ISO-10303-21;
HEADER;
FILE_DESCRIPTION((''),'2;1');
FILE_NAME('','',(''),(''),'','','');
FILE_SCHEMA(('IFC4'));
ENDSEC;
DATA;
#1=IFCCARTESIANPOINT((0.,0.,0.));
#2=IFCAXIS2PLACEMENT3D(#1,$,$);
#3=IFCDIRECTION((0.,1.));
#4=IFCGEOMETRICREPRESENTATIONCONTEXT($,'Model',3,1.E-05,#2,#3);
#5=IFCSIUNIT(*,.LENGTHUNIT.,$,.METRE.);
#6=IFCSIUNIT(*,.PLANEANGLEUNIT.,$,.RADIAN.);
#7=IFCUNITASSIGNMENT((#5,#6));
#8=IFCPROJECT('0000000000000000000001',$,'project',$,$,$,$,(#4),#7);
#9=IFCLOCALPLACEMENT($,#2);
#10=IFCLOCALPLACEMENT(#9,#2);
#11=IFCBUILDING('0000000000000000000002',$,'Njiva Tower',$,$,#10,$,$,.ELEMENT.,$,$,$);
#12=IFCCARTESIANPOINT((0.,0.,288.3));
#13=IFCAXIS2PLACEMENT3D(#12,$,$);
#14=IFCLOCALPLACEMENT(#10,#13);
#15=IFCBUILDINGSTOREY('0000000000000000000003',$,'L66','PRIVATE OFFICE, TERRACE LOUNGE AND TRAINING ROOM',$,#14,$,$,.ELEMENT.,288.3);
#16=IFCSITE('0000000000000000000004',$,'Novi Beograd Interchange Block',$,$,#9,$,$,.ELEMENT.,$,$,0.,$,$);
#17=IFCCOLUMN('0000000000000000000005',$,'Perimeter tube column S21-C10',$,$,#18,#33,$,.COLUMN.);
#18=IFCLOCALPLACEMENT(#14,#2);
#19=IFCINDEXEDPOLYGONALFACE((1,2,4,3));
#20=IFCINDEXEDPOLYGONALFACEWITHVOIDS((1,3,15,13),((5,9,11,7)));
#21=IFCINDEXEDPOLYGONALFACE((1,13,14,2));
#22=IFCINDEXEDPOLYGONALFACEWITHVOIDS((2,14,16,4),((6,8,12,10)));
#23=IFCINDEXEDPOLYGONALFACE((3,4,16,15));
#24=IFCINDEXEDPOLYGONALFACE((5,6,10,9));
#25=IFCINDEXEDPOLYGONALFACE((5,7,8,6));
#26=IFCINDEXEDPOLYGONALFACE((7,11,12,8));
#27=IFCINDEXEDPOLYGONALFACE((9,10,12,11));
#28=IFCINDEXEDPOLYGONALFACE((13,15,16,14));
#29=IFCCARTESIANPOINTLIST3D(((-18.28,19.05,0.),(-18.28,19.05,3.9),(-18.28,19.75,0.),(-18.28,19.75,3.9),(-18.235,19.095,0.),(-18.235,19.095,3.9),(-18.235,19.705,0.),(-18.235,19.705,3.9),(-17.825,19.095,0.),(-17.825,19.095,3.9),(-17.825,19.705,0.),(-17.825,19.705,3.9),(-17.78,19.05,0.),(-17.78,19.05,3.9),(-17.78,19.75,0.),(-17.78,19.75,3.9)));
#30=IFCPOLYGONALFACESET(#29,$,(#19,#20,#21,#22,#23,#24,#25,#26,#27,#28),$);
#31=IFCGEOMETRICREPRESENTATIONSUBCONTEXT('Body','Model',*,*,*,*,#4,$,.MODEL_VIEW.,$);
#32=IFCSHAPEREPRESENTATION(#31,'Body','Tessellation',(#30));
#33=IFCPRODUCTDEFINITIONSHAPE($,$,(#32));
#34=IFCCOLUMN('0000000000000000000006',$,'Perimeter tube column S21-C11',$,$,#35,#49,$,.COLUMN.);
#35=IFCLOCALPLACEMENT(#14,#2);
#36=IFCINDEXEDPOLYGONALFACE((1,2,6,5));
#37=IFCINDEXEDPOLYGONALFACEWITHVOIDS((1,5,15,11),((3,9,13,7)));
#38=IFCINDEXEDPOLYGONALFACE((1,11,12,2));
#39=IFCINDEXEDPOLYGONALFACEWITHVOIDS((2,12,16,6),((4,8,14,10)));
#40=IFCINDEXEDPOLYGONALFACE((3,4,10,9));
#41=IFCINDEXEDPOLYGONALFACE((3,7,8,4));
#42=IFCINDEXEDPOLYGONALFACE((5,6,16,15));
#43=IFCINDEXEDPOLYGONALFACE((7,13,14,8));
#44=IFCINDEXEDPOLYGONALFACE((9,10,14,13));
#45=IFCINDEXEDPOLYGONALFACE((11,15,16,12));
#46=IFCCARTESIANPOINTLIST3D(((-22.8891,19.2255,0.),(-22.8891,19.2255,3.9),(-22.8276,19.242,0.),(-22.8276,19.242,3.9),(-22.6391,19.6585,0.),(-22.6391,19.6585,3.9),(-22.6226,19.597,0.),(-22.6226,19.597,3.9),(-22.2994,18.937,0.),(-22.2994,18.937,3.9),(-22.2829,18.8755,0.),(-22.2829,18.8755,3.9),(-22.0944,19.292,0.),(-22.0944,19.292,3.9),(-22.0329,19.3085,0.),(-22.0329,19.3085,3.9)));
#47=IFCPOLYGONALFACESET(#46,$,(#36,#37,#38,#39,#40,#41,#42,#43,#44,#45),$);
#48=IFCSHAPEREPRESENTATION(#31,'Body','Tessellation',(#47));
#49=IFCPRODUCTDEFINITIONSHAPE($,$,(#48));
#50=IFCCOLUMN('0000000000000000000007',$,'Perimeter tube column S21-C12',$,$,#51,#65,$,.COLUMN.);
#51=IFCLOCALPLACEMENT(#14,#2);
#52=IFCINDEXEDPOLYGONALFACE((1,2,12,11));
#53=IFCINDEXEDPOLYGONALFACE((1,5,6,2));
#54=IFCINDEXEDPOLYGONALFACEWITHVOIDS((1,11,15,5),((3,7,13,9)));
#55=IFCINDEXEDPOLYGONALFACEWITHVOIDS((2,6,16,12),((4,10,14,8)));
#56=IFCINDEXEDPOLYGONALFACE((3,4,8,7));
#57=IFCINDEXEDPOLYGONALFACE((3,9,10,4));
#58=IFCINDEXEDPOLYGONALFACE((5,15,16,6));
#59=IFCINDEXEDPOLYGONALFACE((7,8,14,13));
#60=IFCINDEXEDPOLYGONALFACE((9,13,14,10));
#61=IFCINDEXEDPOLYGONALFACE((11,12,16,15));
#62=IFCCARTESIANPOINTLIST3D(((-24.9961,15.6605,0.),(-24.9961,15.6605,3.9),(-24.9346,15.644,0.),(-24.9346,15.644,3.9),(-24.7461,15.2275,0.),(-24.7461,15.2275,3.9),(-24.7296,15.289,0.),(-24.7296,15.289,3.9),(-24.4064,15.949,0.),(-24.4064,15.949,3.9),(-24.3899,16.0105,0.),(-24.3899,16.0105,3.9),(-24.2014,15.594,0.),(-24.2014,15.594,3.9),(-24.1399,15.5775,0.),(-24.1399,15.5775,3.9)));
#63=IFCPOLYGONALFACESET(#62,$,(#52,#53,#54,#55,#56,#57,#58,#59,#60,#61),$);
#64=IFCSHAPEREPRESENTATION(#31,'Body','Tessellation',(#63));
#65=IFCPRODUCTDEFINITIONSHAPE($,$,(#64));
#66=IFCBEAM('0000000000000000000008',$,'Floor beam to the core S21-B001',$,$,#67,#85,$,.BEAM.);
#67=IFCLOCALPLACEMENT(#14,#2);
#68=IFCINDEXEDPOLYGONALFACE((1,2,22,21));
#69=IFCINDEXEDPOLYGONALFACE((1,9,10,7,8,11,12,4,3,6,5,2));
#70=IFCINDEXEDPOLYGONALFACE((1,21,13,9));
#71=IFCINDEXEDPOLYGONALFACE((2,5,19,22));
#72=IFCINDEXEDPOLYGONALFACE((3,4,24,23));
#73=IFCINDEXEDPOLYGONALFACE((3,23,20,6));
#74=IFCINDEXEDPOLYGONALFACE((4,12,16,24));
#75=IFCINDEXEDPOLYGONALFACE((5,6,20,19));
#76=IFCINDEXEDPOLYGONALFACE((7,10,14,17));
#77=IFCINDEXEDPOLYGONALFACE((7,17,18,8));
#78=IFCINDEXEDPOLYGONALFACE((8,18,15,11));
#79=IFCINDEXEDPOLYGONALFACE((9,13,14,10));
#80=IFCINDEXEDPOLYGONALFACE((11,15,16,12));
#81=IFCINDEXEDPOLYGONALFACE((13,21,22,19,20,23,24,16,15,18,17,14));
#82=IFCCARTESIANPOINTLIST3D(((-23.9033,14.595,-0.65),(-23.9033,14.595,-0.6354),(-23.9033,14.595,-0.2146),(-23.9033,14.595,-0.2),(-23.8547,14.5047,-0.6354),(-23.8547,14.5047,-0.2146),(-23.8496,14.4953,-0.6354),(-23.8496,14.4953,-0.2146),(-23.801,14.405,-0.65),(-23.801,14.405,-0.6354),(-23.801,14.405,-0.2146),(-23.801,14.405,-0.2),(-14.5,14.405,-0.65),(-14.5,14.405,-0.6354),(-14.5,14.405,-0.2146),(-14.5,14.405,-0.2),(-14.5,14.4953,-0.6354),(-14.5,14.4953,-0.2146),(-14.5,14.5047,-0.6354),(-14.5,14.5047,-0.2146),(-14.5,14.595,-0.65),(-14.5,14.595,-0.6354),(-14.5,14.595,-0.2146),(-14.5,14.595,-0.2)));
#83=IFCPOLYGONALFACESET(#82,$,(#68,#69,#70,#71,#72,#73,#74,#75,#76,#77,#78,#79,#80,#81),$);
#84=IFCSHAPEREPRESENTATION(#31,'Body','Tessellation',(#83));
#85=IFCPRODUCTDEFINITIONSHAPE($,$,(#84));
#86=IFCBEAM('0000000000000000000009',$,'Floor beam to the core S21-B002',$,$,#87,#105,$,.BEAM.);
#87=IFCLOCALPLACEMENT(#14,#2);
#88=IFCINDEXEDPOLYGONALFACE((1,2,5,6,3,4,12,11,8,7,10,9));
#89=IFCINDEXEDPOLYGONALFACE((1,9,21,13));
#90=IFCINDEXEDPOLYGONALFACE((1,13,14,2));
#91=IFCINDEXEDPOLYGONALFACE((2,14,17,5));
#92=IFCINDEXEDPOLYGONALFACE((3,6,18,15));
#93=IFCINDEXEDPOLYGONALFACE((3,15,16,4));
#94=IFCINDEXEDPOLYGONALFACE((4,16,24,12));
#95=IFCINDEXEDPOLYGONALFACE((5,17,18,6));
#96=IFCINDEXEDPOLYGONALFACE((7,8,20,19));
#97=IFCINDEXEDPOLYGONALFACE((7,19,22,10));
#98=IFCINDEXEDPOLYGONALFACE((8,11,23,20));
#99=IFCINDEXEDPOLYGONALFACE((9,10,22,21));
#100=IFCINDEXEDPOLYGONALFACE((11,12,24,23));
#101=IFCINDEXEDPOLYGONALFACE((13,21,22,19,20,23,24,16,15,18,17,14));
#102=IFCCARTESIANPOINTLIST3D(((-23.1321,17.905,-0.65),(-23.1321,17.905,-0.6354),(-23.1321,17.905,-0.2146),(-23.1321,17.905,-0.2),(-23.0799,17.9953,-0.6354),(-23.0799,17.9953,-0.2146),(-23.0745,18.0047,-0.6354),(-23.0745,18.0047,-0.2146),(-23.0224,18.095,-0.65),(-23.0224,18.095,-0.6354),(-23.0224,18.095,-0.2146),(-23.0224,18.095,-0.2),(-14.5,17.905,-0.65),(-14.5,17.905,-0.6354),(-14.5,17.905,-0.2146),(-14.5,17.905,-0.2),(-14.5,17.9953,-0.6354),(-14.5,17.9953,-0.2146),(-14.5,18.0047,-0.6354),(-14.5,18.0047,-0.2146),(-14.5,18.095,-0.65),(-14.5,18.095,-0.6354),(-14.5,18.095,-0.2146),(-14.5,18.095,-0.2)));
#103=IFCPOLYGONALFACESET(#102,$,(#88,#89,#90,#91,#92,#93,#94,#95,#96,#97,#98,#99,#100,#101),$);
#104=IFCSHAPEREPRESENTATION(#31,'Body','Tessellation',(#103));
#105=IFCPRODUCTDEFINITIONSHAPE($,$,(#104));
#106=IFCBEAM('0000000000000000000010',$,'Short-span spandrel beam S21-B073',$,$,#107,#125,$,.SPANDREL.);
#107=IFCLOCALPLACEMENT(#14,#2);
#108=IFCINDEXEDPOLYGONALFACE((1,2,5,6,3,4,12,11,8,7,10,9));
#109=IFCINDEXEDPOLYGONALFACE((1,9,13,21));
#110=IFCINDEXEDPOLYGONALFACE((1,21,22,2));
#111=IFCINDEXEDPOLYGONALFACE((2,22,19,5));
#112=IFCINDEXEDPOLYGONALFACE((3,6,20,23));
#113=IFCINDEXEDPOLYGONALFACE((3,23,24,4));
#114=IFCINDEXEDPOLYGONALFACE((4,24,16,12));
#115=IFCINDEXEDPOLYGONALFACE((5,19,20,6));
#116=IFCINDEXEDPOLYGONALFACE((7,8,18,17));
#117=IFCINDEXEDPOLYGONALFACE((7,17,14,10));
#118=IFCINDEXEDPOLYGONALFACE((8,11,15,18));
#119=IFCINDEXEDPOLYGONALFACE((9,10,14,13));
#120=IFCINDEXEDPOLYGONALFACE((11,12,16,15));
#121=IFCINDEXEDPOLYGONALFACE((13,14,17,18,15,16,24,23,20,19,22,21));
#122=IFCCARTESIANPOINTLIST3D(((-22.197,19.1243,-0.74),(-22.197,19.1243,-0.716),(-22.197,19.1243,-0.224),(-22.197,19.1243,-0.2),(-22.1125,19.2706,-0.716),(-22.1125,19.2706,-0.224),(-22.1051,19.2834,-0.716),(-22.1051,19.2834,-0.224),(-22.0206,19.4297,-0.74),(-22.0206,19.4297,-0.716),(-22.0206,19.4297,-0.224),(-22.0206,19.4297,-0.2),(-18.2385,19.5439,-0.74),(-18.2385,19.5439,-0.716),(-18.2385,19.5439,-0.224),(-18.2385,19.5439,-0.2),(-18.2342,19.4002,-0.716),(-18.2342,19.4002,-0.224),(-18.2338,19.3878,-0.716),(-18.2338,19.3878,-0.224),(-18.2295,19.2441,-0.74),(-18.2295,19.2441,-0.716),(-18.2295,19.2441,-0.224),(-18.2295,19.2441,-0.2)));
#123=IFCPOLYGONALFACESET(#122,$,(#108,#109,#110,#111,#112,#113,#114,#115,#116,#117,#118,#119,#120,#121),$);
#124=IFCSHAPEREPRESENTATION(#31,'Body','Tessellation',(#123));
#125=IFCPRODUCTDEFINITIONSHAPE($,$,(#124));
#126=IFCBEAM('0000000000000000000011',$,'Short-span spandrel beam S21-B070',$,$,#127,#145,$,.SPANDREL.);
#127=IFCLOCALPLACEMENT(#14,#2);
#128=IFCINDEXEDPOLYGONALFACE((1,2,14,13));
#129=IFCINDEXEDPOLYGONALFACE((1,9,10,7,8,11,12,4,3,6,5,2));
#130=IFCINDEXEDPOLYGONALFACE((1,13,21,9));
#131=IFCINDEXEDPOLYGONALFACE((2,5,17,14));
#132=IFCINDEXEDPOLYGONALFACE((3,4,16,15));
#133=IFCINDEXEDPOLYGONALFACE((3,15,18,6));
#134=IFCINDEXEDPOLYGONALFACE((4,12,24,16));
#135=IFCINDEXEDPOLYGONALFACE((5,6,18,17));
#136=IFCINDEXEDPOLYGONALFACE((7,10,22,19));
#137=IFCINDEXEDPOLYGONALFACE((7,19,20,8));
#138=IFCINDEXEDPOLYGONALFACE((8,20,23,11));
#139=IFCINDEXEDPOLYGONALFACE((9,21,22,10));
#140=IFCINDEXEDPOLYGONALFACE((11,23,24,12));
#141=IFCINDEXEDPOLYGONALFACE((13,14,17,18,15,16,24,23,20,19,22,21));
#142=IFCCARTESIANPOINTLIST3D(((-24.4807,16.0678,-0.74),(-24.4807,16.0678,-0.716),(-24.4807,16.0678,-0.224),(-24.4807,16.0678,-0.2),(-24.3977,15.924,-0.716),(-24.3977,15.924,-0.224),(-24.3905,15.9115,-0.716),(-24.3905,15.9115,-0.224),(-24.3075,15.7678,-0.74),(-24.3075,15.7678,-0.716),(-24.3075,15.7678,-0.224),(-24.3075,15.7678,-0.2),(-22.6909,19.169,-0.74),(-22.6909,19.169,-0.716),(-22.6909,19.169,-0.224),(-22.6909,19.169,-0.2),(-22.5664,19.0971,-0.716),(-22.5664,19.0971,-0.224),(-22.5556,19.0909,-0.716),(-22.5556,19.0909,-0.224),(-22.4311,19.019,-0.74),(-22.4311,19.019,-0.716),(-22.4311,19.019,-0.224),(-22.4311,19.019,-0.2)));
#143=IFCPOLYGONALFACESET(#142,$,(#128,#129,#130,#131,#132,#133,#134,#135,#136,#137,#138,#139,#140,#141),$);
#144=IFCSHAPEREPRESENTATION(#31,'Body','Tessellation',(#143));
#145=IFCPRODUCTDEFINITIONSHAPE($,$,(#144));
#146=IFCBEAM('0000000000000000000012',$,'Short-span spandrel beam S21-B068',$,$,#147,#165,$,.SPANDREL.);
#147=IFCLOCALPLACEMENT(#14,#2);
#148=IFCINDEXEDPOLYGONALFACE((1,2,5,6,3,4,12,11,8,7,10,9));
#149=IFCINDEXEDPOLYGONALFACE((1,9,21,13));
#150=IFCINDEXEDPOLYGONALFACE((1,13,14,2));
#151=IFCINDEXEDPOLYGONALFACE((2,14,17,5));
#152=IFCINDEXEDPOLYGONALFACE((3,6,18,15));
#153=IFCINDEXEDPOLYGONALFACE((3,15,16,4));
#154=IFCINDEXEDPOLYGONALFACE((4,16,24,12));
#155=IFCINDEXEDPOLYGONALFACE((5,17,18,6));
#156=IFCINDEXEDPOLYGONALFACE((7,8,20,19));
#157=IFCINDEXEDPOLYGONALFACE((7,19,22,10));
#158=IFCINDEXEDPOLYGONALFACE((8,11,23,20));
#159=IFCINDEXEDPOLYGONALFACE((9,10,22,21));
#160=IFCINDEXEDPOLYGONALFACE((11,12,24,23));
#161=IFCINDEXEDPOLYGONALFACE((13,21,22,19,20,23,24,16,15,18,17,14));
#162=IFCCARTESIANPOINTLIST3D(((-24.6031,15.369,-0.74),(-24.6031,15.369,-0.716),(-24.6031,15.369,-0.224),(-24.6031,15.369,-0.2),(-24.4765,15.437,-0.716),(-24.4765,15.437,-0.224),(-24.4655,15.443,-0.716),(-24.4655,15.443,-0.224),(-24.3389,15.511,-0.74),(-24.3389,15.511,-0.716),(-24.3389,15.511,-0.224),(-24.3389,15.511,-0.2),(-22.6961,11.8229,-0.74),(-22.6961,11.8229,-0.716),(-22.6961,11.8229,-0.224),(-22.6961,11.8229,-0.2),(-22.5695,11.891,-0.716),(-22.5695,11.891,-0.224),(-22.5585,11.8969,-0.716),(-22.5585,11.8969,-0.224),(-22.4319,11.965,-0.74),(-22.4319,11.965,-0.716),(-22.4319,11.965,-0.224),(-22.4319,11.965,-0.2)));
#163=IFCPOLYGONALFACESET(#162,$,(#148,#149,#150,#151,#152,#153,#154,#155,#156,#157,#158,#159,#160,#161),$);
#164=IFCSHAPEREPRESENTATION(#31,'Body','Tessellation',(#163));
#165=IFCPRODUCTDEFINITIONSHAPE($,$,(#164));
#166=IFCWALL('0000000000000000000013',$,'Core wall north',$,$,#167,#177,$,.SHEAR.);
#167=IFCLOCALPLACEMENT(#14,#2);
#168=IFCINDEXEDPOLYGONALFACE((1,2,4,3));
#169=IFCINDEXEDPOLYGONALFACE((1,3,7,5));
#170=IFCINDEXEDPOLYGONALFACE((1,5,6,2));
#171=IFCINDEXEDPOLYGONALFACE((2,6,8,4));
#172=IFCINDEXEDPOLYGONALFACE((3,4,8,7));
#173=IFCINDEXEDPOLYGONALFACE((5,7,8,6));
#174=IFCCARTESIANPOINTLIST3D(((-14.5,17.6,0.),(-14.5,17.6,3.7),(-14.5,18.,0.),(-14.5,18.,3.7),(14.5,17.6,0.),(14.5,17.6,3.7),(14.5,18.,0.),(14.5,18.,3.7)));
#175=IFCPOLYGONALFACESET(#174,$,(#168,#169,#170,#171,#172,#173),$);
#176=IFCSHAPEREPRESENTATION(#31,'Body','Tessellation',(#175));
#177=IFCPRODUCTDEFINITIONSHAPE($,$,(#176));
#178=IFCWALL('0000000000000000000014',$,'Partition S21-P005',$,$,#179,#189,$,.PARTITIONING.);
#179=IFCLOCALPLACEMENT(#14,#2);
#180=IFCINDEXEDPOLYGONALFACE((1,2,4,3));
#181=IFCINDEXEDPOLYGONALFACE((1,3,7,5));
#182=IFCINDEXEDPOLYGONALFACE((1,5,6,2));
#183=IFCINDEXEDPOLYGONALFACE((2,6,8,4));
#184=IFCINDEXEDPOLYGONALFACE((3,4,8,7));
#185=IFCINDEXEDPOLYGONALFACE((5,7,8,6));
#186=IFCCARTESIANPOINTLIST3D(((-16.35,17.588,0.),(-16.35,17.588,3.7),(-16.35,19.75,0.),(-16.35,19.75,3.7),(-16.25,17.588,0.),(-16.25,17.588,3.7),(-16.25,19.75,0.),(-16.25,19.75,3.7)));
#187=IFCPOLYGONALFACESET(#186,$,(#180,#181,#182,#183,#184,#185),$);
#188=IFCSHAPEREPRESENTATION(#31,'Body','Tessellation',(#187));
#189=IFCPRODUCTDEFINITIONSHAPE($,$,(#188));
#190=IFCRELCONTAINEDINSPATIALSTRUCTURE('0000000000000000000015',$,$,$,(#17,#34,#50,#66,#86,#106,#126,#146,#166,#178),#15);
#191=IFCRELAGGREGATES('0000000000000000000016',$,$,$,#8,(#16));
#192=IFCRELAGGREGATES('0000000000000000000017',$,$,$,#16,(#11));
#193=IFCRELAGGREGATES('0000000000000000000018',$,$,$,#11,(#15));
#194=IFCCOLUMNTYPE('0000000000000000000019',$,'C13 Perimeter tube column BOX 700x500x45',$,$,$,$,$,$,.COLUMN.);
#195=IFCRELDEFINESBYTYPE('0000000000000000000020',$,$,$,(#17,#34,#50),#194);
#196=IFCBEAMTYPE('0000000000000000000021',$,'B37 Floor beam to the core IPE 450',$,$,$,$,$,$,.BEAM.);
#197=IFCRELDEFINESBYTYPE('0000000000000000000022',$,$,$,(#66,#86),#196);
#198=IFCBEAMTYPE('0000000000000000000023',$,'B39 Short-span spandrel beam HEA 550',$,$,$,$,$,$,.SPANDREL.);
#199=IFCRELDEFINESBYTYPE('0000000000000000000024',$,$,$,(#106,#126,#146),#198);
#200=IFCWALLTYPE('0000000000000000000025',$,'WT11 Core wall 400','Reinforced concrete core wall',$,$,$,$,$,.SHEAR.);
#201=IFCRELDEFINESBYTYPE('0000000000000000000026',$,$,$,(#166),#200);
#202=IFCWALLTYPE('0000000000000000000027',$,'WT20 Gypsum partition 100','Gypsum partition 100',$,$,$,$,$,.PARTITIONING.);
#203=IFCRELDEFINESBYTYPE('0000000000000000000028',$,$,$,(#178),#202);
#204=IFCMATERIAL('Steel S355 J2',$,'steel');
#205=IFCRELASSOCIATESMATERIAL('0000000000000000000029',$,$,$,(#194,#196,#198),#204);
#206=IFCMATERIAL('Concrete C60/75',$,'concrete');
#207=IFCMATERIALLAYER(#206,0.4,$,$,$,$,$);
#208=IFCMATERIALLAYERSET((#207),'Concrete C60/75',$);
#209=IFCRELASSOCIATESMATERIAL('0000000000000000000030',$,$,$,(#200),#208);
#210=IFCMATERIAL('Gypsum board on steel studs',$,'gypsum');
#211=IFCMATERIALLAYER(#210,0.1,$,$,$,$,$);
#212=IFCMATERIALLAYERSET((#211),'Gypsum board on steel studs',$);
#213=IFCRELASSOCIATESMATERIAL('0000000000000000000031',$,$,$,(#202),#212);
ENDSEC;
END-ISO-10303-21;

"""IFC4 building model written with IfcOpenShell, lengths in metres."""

from ifc_helpers import new_model, si_unit, direction, frame, frame_2d, origin, origin_2d, place, context, subcontext, project, spatial, rectangle, hollow_rectangle, i_section, extrude, clip, halfspace, material, layer, layer_set, material_profile, profile_set, type_object, element, save


model = new_model("IFC4")

# Units and contexts
model_context = context("Model", 3, precision=1e-05, world=origin(), true_north=direction((0.0, 1.0)))
body_context = subcontext(model_context, "Body", "Model", "MODEL_VIEW")
ifc_project = project(units=[si_unit("LENGTHUNIT", "METRE"), si_unit("PLANEANGLEUNIT", "RADIAN")], contexts=[model_context])

# Site, building, storey
site_placement = place(None, origin())
site = spatial("IfcSite", under=ifc_project, at=site_placement, Name="Novi Beograd Interchange Block", CompositionType="ELEMENT", RefElevation=0.0)
building_placement = place(site_placement, origin())
building = spatial("IfcBuilding", under=site, at=building_placement, Name="Njiva Tower", CompositionType="ELEMENT")
storey_placement = place(building_placement, frame((0.0, 0.0, 288.3)))
storey = spatial("IfcBuildingStorey", under=building, at=storey_placement, Name="L66", Description="PRIVATE OFFICE, TERRACE LOUNGE AND TRAINING ROOM", CompositionType="ELEMENT", Elevation=288.3)

# Columns
ifc_material_1 = material(Name="Steel S355 J2", Category="steel")
ifc_material_profile_1 = material_profile(ifc_material_1, hollow_rectangle(XDim=0.5, YDim=0.7, WallThickness=0.045, at=origin_2d()), Name="BOX 700x500x45")
ifc_profile_set_1 = profile_set([ifc_material_profile_1], Name="Steel S355 J2")
column_type = type_object("IfcColumnType", Name="C13 Perimeter tube column BOX 700x500x45", PredefinedType="COLUMN", material=ifc_profile_set_1)
for number, where, z_axis, x_axis, name in (
    (1, (-18.03, 19.4, 0.0), (0.0, 0.0, 1.0), (-1.0, 0.0, 0.0), "Perimeter tube column S21-C10"),
    (2, (-22.461, 19.267, 0.0), (0.0, 0.0, 1.0), (-0.5, -0.866025, 0.0), "Perimeter tube column S21-C11"),
    (3, (-24.568, 15.619, 0.0), (0.0, 0.0, 1.0), (0.5, -0.866025, 0.0), "Perimeter tube column S21-C12"),
):
    element("IfcColumn", number, at=place(storey_placement, frame(where, z_axis=z_axis, x_axis=x_axis)), inside=storey, type_object=column_type, Name=name, PredefinedType="COLUMN", context=body_context, shape_type="SweptSolid", body=[
        extrude(hollow_rectangle(XDim=0.5, YDim=0.7, WallThickness=0.045, at=origin_2d()), origin(), (0.0, 0.0, 1.0), 3.9),
    ])

# Beams
ifc_material_profile_2 = material_profile(ifc_material_1, i_section(OverallWidth=0.19, OverallDepth=0.45, WebThickness=0.0094, FlangeThickness=0.0146, at=origin_2d()), Name="IPE 450")
ifc_profile_set_2 = profile_set([ifc_material_profile_2], Name="Steel S355 J2")
beam_type_1 = type_object("IfcBeamType", Name="B37 Floor beam to the core IPE 450", PredefinedType="BEAM", material=ifc_profile_set_2)
beam_1_placement = place(storey_placement, frame((-23.923, 14.5, -0.425), z_axis=(1.0, 0.0, 0.0), x_axis=(0.0, 1.0, 0.0)))
element("IfcBeam", 4, at=beam_1_placement, inside=storey, type_object=beam_type_1, Name="Floor beam to the core S21-B001", PredefinedType="BEAM", context=body_context, shape_type="Clipping", body=[
    clip(extrude(i_section(OverallWidth=0.19, OverallDepth=0.45, WebThickness=0.0094, FlangeThickness=0.0146, at=origin_2d()), origin(), (0.0, 0.0, 1.0), 9.423), halfspace(frame((-0.0237, 0.0, 0.0836), z_axis=(-0.473769, 0.0, -0.880649), x_axis=(0.0, -1.0, 0.0)), False)),
])
beam_2_placement = place(storey_placement, frame((-23.152, 18.0, -0.425), z_axis=(1.0, 0.0, 0.0), x_axis=(0.0, 1.0, 0.0)))
element("IfcBeam", 5, at=beam_2_placement, inside=storey, type_object=beam_type_1, Name="Floor beam to the core S21-B002", PredefinedType="BEAM", context=body_context, shape_type="Clipping", body=[
    clip(extrude(i_section(OverallWidth=0.19, OverallDepth=0.45, WebThickness=0.0094, FlangeThickness=0.0146, at=origin_2d()), origin(), (0.0, 0.0, 1.0), 8.652), halfspace(frame((0.025, 0.0, 0.0892), z_axis=(0.499998, 0.0, -0.866027), x_axis=(0.0, -1.0, 0.0)), False)),
])
ifc_material_profile_3 = material_profile(ifc_material_1, i_section(OverallWidth=0.3, OverallDepth=0.54, WebThickness=0.0125, FlangeThickness=0.024, at=origin_2d()), Name="HEA 550")
ifc_profile_set_3 = profile_set([ifc_material_profile_3], Name="Steel S355 J2")
beam_type_2 = type_object("IfcBeamType", Name="B39 Short-span spandrel beam HEA 550", PredefinedType="SPANDREL", material=ifc_profile_set_3)
beam_3_placement = place(storey_placement, frame((-18.234, 19.394, -0.47), z_axis=(-0.999544, -0.03018, 0.0), x_axis=(0.03018, -0.999544, 0.0)))
element("IfcBeam", 6, at=beam_3_placement, inside=storey, type_object=beam_type_2, Name="Short-span spandrel beam S21-B073", PredefinedType="SPANDREL", context=body_context, shape_type="Clipping", body=[
    clip(extrude(i_section(OverallWidth=0.3, OverallDepth=0.54, WebThickness=0.0125, FlangeThickness=0.024, at=origin_2d()), origin(), (0.0, 0.0, 1.0), 3.9898), halfspace(frame((-0.0268, 0.0, 3.86), z_axis=(-0.525907, 0.0, 0.850542), x_axis=(0.0, 1.0, 0.0)), False)),
])
beam_4_placement = place(storey_placement, frame((-22.561, 19.094, -0.47), z_axis=(-0.499864, -0.866104, 0.0), x_axis=(0.866104, -0.499864, 0.0)))
element("IfcBeam", 7, at=beam_4_placement, inside=storey, type_object=beam_type_2, Name="Short-span spandrel beam S21-B070", PredefinedType="SPANDREL", context=body_context, shape_type="Clipping", body=[
    clip(extrude(i_section(OverallWidth=0.3, OverallDepth=0.54, WebThickness=0.0125, FlangeThickness=0.024, at=origin_2d()), origin(), (0.0, 0.0, 1.0), 3.774), halfspace(frame((-0.0257, 0.0, 3.6524), z_axis=(-0.500138, 0.0, 0.865946), x_axis=(0.0, 1.0, 0.0)), False)),
])
beam_5_placement = place(storey_placement, frame((-24.471, 15.44, -0.47), z_axis=(0.473641, -0.880718, 0.0), x_axis=(0.880718, 0.473641, 0.0)))
element("IfcBeam", 8, at=beam_5_placement, inside=storey, type_object=beam_type_2, Name="Short-span spandrel beam S21-B068", PredefinedType="SPANDREL", context=body_context, shape_type="SweptSolid", body=[
    extrude(i_section(OverallWidth=0.3, OverallDepth=0.54, WebThickness=0.0125, FlangeThickness=0.024, at=origin_2d()), origin(), (0.0, 0.0, 1.0), 4.0263),
])

# Walls
ifc_material_2 = material(Name="Concrete C60/75", Category="concrete")
ifc_layer_1 = layer(ifc_material_2, 0.4)
ifc_layer_set_1 = layer_set([ifc_layer_1], Name="Concrete C60/75")
wall_type_1 = type_object("IfcWallType", Name="WT11 Core wall 400", Description="Reinforced concrete core wall", PredefinedType="SHEAR", material=ifc_layer_set_1)
wall_1_placement = place(storey_placement, frame((-14.5, 17.8, 0.0), z_axis=(0.0, 0.0, 1.0), x_axis=(1.0, 0.0, 0.0)))
element("IfcWall", 9, at=wall_1_placement, inside=storey, type_object=wall_type_1, Name="Core wall north", PredefinedType="SHEAR", context=body_context, shape_type="SweptSolid", body=[
    extrude(rectangle(XDim=29.0, YDim=0.4, at=frame_2d((14.5, 0.0))), origin(), (0.0, 0.0, 1.0), 3.7),
])
ifc_material_3 = material(Name="Gypsum board on steel studs", Category="gypsum")
ifc_layer_2 = layer(ifc_material_3, 0.1)
ifc_layer_set_2 = layer_set([ifc_layer_2], Name="Gypsum board on steel studs")
wall_type_2 = type_object("IfcWallType", Name="WT20 Gypsum partition 100", Description="Gypsum partition 100", PredefinedType="PARTITIONING", material=ifc_layer_set_2)
wall_2_placement = place(storey_placement, frame((-16.3, 17.588, 0.0), z_axis=(0.0, 0.0, 1.0), x_axis=(0.0, 1.0, 0.0)))
element("IfcWall", 10, at=wall_2_placement, inside=storey, type_object=wall_type_2, Name="Partition S21-P005", PredefinedType="PARTITIONING", context=body_context, shape_type="SweptSolid", body=[
    extrude(rectangle(XDim=2.162, YDim=0.1, at=frame_2d((1.081, 0.0))), origin(), (0.0, 0.0, 1.0), 3.7),
])

save(model, "model.ifc")
